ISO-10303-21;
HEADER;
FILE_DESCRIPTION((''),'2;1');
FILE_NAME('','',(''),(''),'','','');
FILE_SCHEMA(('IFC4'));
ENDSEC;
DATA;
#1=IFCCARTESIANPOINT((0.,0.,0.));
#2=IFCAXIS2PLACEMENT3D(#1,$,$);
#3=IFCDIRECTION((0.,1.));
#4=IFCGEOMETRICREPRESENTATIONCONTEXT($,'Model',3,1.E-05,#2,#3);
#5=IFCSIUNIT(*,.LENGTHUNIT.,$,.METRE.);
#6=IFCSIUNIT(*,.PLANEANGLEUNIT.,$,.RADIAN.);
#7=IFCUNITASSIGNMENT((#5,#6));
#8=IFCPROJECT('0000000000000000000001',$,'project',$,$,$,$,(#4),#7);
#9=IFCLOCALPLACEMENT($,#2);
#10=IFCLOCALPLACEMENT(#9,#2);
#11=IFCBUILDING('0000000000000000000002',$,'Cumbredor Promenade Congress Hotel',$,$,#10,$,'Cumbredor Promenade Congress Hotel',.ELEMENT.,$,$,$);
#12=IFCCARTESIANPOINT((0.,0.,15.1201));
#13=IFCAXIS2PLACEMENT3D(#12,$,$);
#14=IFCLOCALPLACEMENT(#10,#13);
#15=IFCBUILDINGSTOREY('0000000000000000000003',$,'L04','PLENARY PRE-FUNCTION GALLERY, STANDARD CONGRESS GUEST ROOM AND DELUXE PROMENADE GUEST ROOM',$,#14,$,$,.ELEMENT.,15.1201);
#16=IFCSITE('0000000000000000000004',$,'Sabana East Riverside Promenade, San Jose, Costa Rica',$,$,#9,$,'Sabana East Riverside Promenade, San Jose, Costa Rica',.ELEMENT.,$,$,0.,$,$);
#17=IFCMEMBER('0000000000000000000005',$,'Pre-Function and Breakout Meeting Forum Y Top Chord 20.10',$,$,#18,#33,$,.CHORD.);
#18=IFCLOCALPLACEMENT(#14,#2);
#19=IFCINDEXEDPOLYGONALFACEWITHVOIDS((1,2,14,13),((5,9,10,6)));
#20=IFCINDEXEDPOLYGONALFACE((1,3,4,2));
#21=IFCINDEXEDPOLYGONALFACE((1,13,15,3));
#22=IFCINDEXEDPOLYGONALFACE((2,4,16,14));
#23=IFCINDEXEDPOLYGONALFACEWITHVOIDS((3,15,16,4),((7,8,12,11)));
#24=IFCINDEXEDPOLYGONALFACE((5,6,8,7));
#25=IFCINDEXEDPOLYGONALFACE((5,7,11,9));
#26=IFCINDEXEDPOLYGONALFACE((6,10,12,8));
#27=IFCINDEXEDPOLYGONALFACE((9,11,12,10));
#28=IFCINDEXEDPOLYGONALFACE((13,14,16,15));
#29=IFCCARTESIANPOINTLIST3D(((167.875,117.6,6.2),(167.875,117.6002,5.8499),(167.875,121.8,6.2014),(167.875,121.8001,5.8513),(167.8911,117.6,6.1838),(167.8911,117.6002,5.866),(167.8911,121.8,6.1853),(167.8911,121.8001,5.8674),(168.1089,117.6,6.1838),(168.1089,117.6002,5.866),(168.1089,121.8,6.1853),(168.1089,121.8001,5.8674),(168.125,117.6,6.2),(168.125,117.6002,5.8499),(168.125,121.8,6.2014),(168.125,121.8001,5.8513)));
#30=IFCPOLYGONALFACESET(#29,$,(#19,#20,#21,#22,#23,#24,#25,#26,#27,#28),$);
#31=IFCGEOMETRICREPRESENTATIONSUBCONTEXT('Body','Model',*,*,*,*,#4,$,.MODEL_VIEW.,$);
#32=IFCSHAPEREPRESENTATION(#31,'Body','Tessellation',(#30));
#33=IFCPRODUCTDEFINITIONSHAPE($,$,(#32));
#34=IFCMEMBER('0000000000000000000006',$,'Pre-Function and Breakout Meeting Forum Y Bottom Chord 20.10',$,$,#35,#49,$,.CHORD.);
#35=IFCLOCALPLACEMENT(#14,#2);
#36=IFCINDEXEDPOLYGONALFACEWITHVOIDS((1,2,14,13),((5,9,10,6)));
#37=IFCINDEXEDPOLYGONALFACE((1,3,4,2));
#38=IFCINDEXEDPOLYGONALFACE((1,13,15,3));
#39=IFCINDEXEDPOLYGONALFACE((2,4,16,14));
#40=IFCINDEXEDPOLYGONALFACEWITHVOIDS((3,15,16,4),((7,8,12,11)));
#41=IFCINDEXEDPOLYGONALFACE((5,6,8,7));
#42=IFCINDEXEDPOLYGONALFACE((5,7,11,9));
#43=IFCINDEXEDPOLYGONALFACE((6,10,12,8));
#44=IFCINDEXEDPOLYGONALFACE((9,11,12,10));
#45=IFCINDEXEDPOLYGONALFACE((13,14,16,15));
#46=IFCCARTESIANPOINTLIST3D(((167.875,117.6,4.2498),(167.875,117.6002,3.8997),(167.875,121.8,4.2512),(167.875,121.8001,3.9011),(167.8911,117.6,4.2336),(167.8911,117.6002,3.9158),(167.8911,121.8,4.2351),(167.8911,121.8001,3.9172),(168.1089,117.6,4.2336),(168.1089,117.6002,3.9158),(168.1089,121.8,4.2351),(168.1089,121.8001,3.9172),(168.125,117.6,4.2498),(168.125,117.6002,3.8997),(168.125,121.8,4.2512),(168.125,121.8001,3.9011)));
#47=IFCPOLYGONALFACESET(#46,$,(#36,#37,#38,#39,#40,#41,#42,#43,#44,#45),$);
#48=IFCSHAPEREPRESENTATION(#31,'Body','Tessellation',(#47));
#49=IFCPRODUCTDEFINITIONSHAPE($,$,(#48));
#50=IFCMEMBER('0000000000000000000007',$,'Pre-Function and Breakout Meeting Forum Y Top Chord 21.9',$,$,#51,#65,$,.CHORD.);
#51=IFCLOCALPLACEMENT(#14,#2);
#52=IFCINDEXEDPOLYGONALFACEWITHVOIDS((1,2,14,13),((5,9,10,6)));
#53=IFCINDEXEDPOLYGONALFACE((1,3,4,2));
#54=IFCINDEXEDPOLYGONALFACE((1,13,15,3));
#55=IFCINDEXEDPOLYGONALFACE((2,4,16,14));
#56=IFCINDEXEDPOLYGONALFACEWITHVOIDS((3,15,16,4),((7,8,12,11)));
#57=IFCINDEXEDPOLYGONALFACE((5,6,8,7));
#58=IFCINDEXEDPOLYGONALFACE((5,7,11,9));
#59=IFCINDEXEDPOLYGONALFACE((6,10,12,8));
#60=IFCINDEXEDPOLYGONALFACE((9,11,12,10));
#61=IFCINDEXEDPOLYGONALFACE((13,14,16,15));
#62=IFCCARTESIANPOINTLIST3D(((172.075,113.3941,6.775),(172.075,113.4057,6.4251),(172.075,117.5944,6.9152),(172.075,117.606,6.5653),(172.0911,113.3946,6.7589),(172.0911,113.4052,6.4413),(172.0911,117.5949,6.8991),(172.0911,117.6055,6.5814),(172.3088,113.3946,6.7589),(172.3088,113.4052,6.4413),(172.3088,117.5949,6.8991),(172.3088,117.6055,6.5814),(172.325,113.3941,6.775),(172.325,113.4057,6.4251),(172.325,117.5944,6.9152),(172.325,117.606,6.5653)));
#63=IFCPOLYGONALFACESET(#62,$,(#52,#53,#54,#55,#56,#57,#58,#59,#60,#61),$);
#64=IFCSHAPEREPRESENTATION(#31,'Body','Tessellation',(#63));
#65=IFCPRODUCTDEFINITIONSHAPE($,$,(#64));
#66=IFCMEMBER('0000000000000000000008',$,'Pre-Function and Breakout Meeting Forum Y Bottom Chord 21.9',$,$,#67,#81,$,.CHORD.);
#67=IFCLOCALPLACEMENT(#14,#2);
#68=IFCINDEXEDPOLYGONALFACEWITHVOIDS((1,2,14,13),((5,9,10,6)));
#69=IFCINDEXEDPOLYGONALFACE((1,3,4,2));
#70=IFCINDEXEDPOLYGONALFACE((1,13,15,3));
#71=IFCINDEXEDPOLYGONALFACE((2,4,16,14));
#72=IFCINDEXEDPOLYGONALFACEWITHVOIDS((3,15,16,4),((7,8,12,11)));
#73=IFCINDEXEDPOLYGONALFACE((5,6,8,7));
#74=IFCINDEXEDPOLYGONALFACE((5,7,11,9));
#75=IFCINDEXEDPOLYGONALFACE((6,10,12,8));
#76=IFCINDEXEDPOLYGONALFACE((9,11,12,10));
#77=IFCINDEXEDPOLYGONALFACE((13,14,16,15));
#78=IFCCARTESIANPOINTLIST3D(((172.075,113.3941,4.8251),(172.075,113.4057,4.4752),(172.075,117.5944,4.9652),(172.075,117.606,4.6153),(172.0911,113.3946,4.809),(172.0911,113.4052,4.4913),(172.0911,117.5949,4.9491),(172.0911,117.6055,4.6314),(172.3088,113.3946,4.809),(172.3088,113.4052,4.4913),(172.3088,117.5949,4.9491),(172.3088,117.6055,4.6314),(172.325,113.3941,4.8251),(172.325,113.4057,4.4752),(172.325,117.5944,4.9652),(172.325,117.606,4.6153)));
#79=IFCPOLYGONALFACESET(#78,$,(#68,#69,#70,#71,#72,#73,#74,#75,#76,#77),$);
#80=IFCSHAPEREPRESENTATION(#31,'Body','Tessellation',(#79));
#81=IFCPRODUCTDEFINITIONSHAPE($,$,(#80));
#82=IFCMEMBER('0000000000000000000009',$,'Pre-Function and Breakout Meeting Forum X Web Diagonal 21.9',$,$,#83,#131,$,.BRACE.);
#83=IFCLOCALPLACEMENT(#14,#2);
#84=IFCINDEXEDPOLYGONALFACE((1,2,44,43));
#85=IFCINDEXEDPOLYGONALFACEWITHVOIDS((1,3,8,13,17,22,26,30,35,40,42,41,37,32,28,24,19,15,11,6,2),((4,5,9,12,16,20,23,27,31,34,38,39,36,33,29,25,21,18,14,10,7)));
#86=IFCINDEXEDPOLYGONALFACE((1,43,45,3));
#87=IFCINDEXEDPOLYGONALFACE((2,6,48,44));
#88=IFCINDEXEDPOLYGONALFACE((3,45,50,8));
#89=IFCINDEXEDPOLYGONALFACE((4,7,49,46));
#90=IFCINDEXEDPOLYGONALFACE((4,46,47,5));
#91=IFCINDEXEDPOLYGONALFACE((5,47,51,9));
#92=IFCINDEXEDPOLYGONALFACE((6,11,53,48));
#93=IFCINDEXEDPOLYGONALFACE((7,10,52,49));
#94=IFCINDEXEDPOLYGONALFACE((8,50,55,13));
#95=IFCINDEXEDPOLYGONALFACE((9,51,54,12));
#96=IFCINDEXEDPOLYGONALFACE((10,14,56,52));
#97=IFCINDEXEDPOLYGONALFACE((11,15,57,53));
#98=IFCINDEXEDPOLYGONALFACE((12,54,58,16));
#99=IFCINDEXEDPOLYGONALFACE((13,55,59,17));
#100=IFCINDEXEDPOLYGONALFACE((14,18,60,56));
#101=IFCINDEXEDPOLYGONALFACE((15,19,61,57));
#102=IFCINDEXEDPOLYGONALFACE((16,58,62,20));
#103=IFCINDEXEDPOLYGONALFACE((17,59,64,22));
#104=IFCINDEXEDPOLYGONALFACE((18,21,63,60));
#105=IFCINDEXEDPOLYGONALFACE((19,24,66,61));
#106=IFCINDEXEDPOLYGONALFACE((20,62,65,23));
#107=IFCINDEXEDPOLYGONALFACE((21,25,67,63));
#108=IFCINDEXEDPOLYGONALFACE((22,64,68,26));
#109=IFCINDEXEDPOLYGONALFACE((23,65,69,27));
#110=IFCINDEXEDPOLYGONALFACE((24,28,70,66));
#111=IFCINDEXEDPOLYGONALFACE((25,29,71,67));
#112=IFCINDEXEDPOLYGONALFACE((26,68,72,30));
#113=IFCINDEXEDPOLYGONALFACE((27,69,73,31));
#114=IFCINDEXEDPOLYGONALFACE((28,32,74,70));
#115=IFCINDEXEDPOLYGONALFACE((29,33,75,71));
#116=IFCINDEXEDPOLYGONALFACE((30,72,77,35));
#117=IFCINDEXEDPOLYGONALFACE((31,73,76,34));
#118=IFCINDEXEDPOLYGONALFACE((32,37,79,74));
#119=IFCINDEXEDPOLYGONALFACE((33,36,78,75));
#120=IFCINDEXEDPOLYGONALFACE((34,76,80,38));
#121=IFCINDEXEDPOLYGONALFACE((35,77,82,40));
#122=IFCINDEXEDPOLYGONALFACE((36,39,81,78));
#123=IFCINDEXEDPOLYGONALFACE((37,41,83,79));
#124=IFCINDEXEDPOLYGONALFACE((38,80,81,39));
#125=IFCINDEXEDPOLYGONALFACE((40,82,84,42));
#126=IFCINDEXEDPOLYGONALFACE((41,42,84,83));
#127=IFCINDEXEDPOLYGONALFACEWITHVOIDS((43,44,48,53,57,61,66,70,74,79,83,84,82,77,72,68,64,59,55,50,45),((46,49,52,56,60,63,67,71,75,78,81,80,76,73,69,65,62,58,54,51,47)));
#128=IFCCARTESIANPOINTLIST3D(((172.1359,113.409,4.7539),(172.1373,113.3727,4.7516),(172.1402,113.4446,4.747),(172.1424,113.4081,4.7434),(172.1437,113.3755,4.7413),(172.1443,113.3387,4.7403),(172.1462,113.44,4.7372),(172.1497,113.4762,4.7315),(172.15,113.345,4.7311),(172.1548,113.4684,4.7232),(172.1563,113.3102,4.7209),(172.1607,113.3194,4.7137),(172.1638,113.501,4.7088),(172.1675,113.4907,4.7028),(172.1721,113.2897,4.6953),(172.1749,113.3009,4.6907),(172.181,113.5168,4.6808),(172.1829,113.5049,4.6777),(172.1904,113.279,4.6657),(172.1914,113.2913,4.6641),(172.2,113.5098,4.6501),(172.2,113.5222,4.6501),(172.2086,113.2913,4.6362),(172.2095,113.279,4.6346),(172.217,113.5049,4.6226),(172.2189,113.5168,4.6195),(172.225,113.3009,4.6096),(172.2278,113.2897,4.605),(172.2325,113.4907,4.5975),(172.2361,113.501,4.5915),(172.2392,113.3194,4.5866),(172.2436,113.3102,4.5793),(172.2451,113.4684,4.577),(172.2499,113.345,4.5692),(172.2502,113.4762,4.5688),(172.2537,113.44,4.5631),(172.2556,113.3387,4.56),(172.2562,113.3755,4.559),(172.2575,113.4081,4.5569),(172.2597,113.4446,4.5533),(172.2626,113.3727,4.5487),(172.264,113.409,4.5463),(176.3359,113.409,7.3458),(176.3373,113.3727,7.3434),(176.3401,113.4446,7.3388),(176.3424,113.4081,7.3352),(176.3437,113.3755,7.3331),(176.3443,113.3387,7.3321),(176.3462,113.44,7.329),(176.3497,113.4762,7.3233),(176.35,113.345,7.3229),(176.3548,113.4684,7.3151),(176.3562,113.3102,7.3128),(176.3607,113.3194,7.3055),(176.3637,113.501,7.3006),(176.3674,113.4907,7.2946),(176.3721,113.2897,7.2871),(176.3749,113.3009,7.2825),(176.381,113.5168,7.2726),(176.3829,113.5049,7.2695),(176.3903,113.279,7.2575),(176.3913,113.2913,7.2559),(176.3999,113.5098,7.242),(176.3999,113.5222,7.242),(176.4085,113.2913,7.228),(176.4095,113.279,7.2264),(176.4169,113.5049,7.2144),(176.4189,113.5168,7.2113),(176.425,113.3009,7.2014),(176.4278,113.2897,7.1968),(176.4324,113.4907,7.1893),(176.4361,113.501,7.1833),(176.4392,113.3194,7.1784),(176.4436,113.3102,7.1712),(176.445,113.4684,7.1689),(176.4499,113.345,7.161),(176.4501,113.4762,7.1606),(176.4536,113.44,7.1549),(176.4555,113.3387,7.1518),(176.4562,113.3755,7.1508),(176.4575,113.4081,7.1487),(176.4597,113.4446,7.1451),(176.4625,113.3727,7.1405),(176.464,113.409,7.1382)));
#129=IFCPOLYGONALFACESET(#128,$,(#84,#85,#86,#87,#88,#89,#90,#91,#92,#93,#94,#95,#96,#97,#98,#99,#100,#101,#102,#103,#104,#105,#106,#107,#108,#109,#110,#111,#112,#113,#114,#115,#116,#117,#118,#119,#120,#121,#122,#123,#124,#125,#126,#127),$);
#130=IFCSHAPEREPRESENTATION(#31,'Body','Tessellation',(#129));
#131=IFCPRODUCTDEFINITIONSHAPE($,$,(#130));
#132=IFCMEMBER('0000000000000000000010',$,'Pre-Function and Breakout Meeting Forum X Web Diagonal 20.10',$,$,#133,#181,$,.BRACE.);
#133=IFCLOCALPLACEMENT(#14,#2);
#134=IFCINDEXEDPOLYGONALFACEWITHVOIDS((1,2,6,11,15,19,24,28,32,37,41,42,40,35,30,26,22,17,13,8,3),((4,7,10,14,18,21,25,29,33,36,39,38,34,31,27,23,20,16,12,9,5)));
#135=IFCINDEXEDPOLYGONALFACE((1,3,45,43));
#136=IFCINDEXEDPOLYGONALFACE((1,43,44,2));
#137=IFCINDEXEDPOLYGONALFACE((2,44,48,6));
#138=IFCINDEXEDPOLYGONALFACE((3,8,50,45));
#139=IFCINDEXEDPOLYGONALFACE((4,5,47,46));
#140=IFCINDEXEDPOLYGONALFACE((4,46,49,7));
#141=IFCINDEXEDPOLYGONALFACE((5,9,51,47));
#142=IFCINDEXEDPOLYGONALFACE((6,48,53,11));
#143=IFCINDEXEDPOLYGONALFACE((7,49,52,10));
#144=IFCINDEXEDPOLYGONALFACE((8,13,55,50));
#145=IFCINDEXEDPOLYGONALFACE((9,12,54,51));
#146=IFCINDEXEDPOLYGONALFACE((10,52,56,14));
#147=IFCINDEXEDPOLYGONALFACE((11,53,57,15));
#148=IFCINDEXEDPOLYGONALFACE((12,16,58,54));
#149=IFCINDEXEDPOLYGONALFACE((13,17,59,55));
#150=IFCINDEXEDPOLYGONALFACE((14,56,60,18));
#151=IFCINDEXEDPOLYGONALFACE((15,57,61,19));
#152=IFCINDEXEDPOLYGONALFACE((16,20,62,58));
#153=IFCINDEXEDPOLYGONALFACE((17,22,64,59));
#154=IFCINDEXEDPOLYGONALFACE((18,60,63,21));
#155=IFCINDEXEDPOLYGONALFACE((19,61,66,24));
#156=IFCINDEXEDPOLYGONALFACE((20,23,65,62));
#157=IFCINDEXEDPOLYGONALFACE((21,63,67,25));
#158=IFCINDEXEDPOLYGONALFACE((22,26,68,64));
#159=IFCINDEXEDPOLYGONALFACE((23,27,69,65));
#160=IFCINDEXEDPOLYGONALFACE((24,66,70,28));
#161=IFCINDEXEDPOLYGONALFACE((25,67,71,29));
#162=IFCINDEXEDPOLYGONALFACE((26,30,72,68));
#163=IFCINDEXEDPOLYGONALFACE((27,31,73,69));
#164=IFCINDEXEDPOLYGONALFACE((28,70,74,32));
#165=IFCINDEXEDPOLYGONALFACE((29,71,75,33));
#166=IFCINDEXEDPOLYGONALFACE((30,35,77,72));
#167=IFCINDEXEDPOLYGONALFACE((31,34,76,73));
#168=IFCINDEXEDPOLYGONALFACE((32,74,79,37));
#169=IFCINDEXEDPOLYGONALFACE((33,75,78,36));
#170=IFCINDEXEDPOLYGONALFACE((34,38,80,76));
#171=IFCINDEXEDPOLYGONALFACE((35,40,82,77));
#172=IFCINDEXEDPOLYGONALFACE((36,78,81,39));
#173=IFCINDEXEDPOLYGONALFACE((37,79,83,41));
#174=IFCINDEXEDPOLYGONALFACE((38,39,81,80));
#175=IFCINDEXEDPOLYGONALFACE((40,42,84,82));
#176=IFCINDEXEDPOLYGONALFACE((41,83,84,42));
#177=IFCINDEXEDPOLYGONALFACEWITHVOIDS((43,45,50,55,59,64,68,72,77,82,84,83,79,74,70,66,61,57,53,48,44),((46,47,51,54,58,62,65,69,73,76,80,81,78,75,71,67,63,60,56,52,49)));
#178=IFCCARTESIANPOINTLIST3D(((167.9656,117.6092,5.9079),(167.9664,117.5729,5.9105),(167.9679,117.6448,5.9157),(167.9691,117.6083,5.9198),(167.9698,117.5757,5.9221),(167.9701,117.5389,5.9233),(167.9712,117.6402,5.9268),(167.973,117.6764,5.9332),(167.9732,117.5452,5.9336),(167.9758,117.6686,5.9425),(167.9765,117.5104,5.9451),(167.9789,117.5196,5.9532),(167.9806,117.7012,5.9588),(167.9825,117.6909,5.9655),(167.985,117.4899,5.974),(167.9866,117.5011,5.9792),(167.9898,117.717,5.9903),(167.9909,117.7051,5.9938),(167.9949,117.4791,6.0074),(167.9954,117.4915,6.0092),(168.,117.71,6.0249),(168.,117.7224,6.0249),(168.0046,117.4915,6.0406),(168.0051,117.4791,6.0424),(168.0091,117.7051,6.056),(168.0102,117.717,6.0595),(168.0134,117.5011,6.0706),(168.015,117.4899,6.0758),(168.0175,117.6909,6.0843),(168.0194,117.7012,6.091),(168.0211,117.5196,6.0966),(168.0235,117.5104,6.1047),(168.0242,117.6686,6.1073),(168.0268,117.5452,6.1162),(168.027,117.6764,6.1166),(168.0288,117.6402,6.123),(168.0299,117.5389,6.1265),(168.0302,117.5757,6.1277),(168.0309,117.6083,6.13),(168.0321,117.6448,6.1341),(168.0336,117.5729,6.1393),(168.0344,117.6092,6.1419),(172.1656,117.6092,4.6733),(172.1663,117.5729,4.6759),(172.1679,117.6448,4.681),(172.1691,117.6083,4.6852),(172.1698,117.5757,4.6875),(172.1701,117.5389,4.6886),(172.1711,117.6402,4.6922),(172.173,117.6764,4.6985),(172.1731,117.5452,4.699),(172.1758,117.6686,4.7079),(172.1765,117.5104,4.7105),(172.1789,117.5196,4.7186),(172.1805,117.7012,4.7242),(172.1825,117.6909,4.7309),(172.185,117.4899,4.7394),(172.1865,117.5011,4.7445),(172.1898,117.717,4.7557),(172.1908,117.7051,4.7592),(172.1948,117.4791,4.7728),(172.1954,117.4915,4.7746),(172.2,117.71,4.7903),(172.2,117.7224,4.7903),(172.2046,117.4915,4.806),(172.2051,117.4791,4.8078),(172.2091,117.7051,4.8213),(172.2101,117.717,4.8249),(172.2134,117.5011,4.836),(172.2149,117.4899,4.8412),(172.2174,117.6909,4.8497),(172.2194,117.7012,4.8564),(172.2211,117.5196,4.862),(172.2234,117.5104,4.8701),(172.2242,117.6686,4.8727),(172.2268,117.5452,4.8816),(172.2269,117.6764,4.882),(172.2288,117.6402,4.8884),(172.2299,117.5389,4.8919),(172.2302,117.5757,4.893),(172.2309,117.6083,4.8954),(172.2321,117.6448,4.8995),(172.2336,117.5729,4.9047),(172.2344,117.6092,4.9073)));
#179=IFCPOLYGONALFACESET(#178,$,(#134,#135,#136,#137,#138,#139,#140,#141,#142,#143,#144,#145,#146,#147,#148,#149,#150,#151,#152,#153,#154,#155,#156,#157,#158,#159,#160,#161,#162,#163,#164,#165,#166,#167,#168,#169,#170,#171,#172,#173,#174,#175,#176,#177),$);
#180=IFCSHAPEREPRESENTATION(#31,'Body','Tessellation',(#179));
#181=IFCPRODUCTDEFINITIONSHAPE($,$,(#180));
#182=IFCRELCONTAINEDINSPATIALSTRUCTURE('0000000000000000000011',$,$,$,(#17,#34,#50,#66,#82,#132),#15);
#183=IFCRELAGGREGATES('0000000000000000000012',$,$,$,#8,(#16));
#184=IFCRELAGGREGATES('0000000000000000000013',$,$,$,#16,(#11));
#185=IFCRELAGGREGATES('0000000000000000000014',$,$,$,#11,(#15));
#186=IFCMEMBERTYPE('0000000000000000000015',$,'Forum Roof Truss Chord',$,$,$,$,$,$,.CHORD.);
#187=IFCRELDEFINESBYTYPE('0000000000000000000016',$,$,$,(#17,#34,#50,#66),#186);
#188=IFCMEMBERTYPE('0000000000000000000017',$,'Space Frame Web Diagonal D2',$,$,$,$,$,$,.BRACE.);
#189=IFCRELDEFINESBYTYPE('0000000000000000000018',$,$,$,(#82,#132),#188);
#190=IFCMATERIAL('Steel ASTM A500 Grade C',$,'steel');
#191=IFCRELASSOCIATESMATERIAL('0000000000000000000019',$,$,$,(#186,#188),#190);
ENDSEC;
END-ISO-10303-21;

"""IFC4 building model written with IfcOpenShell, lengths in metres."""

from ifc_helpers import new_model, si_unit, direction, frame, origin, origin_2d, place, context, subcontext, project, spatial, hollow_rectangle, hollow_circle, extrude, material, material_profile, profile_set, type_object, element, save


model = new_model("IFC4")

# Units and contexts
model_context = context("Model", 3, precision=1e-05, world=origin(), true_north=direction((0.0, 1.0)))
body_context = subcontext(model_context, "Body", "Model", "MODEL_VIEW")
ifc_project = project(units=[si_unit("LENGTHUNIT", "METRE"), si_unit("PLANEANGLEUNIT", "RADIAN")], contexts=[model_context])

# Site, building, storey
site_placement = place(None, origin())
site = spatial("IfcSite", under=ifc_project, at=site_placement, Name="Sabana East Riverside Promenade, San Jose, Costa Rica", LongName="Sabana East Riverside Promenade, San Jose, Costa Rica", CompositionType="ELEMENT", RefElevation=0.0)
building_placement = place(site_placement, origin())
building = spatial("IfcBuilding", under=site, at=building_placement, Name="Cumbredor Promenade Congress Hotel", LongName="Cumbredor Promenade Congress Hotel", CompositionType="ELEMENT")
storey_placement = place(building_placement, frame((0.0, 0.0, 15.1201)))
storey = spatial("IfcBuildingStorey", under=building, at=storey_placement, Name="L04", Description="PLENARY PRE-FUNCTION GALLERY, STANDARD CONGRESS GUEST ROOM AND DELUXE PROMENADE GUEST ROOM", CompositionType="ELEMENT", Elevation=15.1201)

# Members
ifc_material_1 = material(Name="Steel ASTM A500 Grade C", Category="steel")
ifc_material_profile_1 = material_profile(ifc_material_1, hollow_rectangle(XDim=0.25, YDim=0.3501, WallThickness=0.0161, at=origin_2d()), Name="HSS 350x250x16")
ifc_profile_set_1 = profile_set([ifc_material_profile_1], Name="Steel ASTM A500 Grade C")
member_type_1 = type_object("IfcMemberType", Name="Forum Roof Truss Chord", PredefinedType="CHORD", material=ifc_profile_set_1)
for number, where, z_axis, x_axis, name in (
    (1, (168.0, 117.6001, 6.0249), (0.0, 1.0, 0.000349), (-1.0, 0.0, 0.0), "Pre-Function and Breakout Meeting Forum Y Top Chord 20.10"),
    (2, (168.0, 117.6001, 4.0747), (0.0, 1.0, 0.000349), (-1.0, 0.0, 0.0), "Pre-Function and Breakout Meeting Forum Y Bottom Chord 20.10"),
):
    element("IfcMember", number, at=place(storey_placement, frame(where, z_axis=z_axis, x_axis=x_axis)), inside=storey, type_object=member_type_1, Name=name, PredefinedType="CHORD", context=body_context, shape_type="SweptSolid", body=[
        extrude(hollow_rectangle(XDim=0.25, YDim=0.3501, WallThickness=0.0161, at=origin_2d()), origin(), (0.0, 0.0, 1.0), 4.2),
    ])
for number, where, z_axis, x_axis, name in (
    (3, (172.2, 113.3999, 6.6001), (0.0, 0.999444, 0.033346), (-1.0, 0.0, 0.0), "Pre-Function and Breakout Meeting Forum Y Top Chord 21.9"),
    (4, (172.2, 113.3999, 4.6501), (0.0, 0.999444, 0.033346), (-1.0, 0.0, 0.0), "Pre-Function and Breakout Meeting Forum Y Bottom Chord 21.9"),
):
    element("IfcMember", number, at=place(storey_placement, frame(where, z_axis=z_axis, x_axis=x_axis)), inside=storey, type_object=member_type_1, Name=name, PredefinedType="CHORD", context=body_context, shape_type="SweptSolid", body=[
        extrude(hollow_rectangle(XDim=0.25, YDim=0.3501, WallThickness=0.0161, at=origin_2d()), origin(), (0.0, 0.0, 1.0), 4.2026),
    ])
ifc_material_profile_2 = material_profile(ifc_material_1, hollow_circle(Radius=0.1223, WallThickness=0.0125, at=origin_2d()), Name="CHS 244.5x12.5")
ifc_profile_set_2 = profile_set([ifc_material_profile_2], Name="Steel ASTM A500 Grade C")
member_type_2 = type_object("IfcMemberType", Name="Space Frame Web Diagonal D2", PredefinedType="BRACE", material=ifc_profile_set_2)
member_1_placement = place(storey_placement, frame((172.2, 113.3999, 4.6501), z_axis=(0.851005, 0.0, 0.525157), x_axis=(0.0, 1.0, 0.0)))
element("IfcMember", 5, at=member_1_placement, inside=storey, type_object=member_type_2, Name="Pre-Function and Breakout Meeting Forum X Web Diagonal 21.9", PredefinedType="BRACE", context=body_context, shape_type="SweptSolid", body=[
    extrude(hollow_circle(Radius=0.1223, WallThickness=0.0125, at=origin_2d()), origin(), (0.0, 0.0, 1.0), 4.9353),
])
member_2_placement = place(storey_placement, frame((168.0, 117.6001, 6.0249), z_axis=(0.959406, 0.0, -0.282027), x_axis=(0.0, 1.0, 0.0)))
element("IfcMember", 6, at=member_2_placement, inside=storey, type_object=member_type_2, Name="Pre-Function and Breakout Meeting Forum X Web Diagonal 20.10", PredefinedType="BRACE", context=body_context, shape_type="SweptSolid", body=[
    extrude(hollow_circle(Radius=0.1223, WallThickness=0.0125, at=origin_2d()), origin(), (0.0, 0.0, 1.0), 4.3777),
])

save(model, "model.ifc")
